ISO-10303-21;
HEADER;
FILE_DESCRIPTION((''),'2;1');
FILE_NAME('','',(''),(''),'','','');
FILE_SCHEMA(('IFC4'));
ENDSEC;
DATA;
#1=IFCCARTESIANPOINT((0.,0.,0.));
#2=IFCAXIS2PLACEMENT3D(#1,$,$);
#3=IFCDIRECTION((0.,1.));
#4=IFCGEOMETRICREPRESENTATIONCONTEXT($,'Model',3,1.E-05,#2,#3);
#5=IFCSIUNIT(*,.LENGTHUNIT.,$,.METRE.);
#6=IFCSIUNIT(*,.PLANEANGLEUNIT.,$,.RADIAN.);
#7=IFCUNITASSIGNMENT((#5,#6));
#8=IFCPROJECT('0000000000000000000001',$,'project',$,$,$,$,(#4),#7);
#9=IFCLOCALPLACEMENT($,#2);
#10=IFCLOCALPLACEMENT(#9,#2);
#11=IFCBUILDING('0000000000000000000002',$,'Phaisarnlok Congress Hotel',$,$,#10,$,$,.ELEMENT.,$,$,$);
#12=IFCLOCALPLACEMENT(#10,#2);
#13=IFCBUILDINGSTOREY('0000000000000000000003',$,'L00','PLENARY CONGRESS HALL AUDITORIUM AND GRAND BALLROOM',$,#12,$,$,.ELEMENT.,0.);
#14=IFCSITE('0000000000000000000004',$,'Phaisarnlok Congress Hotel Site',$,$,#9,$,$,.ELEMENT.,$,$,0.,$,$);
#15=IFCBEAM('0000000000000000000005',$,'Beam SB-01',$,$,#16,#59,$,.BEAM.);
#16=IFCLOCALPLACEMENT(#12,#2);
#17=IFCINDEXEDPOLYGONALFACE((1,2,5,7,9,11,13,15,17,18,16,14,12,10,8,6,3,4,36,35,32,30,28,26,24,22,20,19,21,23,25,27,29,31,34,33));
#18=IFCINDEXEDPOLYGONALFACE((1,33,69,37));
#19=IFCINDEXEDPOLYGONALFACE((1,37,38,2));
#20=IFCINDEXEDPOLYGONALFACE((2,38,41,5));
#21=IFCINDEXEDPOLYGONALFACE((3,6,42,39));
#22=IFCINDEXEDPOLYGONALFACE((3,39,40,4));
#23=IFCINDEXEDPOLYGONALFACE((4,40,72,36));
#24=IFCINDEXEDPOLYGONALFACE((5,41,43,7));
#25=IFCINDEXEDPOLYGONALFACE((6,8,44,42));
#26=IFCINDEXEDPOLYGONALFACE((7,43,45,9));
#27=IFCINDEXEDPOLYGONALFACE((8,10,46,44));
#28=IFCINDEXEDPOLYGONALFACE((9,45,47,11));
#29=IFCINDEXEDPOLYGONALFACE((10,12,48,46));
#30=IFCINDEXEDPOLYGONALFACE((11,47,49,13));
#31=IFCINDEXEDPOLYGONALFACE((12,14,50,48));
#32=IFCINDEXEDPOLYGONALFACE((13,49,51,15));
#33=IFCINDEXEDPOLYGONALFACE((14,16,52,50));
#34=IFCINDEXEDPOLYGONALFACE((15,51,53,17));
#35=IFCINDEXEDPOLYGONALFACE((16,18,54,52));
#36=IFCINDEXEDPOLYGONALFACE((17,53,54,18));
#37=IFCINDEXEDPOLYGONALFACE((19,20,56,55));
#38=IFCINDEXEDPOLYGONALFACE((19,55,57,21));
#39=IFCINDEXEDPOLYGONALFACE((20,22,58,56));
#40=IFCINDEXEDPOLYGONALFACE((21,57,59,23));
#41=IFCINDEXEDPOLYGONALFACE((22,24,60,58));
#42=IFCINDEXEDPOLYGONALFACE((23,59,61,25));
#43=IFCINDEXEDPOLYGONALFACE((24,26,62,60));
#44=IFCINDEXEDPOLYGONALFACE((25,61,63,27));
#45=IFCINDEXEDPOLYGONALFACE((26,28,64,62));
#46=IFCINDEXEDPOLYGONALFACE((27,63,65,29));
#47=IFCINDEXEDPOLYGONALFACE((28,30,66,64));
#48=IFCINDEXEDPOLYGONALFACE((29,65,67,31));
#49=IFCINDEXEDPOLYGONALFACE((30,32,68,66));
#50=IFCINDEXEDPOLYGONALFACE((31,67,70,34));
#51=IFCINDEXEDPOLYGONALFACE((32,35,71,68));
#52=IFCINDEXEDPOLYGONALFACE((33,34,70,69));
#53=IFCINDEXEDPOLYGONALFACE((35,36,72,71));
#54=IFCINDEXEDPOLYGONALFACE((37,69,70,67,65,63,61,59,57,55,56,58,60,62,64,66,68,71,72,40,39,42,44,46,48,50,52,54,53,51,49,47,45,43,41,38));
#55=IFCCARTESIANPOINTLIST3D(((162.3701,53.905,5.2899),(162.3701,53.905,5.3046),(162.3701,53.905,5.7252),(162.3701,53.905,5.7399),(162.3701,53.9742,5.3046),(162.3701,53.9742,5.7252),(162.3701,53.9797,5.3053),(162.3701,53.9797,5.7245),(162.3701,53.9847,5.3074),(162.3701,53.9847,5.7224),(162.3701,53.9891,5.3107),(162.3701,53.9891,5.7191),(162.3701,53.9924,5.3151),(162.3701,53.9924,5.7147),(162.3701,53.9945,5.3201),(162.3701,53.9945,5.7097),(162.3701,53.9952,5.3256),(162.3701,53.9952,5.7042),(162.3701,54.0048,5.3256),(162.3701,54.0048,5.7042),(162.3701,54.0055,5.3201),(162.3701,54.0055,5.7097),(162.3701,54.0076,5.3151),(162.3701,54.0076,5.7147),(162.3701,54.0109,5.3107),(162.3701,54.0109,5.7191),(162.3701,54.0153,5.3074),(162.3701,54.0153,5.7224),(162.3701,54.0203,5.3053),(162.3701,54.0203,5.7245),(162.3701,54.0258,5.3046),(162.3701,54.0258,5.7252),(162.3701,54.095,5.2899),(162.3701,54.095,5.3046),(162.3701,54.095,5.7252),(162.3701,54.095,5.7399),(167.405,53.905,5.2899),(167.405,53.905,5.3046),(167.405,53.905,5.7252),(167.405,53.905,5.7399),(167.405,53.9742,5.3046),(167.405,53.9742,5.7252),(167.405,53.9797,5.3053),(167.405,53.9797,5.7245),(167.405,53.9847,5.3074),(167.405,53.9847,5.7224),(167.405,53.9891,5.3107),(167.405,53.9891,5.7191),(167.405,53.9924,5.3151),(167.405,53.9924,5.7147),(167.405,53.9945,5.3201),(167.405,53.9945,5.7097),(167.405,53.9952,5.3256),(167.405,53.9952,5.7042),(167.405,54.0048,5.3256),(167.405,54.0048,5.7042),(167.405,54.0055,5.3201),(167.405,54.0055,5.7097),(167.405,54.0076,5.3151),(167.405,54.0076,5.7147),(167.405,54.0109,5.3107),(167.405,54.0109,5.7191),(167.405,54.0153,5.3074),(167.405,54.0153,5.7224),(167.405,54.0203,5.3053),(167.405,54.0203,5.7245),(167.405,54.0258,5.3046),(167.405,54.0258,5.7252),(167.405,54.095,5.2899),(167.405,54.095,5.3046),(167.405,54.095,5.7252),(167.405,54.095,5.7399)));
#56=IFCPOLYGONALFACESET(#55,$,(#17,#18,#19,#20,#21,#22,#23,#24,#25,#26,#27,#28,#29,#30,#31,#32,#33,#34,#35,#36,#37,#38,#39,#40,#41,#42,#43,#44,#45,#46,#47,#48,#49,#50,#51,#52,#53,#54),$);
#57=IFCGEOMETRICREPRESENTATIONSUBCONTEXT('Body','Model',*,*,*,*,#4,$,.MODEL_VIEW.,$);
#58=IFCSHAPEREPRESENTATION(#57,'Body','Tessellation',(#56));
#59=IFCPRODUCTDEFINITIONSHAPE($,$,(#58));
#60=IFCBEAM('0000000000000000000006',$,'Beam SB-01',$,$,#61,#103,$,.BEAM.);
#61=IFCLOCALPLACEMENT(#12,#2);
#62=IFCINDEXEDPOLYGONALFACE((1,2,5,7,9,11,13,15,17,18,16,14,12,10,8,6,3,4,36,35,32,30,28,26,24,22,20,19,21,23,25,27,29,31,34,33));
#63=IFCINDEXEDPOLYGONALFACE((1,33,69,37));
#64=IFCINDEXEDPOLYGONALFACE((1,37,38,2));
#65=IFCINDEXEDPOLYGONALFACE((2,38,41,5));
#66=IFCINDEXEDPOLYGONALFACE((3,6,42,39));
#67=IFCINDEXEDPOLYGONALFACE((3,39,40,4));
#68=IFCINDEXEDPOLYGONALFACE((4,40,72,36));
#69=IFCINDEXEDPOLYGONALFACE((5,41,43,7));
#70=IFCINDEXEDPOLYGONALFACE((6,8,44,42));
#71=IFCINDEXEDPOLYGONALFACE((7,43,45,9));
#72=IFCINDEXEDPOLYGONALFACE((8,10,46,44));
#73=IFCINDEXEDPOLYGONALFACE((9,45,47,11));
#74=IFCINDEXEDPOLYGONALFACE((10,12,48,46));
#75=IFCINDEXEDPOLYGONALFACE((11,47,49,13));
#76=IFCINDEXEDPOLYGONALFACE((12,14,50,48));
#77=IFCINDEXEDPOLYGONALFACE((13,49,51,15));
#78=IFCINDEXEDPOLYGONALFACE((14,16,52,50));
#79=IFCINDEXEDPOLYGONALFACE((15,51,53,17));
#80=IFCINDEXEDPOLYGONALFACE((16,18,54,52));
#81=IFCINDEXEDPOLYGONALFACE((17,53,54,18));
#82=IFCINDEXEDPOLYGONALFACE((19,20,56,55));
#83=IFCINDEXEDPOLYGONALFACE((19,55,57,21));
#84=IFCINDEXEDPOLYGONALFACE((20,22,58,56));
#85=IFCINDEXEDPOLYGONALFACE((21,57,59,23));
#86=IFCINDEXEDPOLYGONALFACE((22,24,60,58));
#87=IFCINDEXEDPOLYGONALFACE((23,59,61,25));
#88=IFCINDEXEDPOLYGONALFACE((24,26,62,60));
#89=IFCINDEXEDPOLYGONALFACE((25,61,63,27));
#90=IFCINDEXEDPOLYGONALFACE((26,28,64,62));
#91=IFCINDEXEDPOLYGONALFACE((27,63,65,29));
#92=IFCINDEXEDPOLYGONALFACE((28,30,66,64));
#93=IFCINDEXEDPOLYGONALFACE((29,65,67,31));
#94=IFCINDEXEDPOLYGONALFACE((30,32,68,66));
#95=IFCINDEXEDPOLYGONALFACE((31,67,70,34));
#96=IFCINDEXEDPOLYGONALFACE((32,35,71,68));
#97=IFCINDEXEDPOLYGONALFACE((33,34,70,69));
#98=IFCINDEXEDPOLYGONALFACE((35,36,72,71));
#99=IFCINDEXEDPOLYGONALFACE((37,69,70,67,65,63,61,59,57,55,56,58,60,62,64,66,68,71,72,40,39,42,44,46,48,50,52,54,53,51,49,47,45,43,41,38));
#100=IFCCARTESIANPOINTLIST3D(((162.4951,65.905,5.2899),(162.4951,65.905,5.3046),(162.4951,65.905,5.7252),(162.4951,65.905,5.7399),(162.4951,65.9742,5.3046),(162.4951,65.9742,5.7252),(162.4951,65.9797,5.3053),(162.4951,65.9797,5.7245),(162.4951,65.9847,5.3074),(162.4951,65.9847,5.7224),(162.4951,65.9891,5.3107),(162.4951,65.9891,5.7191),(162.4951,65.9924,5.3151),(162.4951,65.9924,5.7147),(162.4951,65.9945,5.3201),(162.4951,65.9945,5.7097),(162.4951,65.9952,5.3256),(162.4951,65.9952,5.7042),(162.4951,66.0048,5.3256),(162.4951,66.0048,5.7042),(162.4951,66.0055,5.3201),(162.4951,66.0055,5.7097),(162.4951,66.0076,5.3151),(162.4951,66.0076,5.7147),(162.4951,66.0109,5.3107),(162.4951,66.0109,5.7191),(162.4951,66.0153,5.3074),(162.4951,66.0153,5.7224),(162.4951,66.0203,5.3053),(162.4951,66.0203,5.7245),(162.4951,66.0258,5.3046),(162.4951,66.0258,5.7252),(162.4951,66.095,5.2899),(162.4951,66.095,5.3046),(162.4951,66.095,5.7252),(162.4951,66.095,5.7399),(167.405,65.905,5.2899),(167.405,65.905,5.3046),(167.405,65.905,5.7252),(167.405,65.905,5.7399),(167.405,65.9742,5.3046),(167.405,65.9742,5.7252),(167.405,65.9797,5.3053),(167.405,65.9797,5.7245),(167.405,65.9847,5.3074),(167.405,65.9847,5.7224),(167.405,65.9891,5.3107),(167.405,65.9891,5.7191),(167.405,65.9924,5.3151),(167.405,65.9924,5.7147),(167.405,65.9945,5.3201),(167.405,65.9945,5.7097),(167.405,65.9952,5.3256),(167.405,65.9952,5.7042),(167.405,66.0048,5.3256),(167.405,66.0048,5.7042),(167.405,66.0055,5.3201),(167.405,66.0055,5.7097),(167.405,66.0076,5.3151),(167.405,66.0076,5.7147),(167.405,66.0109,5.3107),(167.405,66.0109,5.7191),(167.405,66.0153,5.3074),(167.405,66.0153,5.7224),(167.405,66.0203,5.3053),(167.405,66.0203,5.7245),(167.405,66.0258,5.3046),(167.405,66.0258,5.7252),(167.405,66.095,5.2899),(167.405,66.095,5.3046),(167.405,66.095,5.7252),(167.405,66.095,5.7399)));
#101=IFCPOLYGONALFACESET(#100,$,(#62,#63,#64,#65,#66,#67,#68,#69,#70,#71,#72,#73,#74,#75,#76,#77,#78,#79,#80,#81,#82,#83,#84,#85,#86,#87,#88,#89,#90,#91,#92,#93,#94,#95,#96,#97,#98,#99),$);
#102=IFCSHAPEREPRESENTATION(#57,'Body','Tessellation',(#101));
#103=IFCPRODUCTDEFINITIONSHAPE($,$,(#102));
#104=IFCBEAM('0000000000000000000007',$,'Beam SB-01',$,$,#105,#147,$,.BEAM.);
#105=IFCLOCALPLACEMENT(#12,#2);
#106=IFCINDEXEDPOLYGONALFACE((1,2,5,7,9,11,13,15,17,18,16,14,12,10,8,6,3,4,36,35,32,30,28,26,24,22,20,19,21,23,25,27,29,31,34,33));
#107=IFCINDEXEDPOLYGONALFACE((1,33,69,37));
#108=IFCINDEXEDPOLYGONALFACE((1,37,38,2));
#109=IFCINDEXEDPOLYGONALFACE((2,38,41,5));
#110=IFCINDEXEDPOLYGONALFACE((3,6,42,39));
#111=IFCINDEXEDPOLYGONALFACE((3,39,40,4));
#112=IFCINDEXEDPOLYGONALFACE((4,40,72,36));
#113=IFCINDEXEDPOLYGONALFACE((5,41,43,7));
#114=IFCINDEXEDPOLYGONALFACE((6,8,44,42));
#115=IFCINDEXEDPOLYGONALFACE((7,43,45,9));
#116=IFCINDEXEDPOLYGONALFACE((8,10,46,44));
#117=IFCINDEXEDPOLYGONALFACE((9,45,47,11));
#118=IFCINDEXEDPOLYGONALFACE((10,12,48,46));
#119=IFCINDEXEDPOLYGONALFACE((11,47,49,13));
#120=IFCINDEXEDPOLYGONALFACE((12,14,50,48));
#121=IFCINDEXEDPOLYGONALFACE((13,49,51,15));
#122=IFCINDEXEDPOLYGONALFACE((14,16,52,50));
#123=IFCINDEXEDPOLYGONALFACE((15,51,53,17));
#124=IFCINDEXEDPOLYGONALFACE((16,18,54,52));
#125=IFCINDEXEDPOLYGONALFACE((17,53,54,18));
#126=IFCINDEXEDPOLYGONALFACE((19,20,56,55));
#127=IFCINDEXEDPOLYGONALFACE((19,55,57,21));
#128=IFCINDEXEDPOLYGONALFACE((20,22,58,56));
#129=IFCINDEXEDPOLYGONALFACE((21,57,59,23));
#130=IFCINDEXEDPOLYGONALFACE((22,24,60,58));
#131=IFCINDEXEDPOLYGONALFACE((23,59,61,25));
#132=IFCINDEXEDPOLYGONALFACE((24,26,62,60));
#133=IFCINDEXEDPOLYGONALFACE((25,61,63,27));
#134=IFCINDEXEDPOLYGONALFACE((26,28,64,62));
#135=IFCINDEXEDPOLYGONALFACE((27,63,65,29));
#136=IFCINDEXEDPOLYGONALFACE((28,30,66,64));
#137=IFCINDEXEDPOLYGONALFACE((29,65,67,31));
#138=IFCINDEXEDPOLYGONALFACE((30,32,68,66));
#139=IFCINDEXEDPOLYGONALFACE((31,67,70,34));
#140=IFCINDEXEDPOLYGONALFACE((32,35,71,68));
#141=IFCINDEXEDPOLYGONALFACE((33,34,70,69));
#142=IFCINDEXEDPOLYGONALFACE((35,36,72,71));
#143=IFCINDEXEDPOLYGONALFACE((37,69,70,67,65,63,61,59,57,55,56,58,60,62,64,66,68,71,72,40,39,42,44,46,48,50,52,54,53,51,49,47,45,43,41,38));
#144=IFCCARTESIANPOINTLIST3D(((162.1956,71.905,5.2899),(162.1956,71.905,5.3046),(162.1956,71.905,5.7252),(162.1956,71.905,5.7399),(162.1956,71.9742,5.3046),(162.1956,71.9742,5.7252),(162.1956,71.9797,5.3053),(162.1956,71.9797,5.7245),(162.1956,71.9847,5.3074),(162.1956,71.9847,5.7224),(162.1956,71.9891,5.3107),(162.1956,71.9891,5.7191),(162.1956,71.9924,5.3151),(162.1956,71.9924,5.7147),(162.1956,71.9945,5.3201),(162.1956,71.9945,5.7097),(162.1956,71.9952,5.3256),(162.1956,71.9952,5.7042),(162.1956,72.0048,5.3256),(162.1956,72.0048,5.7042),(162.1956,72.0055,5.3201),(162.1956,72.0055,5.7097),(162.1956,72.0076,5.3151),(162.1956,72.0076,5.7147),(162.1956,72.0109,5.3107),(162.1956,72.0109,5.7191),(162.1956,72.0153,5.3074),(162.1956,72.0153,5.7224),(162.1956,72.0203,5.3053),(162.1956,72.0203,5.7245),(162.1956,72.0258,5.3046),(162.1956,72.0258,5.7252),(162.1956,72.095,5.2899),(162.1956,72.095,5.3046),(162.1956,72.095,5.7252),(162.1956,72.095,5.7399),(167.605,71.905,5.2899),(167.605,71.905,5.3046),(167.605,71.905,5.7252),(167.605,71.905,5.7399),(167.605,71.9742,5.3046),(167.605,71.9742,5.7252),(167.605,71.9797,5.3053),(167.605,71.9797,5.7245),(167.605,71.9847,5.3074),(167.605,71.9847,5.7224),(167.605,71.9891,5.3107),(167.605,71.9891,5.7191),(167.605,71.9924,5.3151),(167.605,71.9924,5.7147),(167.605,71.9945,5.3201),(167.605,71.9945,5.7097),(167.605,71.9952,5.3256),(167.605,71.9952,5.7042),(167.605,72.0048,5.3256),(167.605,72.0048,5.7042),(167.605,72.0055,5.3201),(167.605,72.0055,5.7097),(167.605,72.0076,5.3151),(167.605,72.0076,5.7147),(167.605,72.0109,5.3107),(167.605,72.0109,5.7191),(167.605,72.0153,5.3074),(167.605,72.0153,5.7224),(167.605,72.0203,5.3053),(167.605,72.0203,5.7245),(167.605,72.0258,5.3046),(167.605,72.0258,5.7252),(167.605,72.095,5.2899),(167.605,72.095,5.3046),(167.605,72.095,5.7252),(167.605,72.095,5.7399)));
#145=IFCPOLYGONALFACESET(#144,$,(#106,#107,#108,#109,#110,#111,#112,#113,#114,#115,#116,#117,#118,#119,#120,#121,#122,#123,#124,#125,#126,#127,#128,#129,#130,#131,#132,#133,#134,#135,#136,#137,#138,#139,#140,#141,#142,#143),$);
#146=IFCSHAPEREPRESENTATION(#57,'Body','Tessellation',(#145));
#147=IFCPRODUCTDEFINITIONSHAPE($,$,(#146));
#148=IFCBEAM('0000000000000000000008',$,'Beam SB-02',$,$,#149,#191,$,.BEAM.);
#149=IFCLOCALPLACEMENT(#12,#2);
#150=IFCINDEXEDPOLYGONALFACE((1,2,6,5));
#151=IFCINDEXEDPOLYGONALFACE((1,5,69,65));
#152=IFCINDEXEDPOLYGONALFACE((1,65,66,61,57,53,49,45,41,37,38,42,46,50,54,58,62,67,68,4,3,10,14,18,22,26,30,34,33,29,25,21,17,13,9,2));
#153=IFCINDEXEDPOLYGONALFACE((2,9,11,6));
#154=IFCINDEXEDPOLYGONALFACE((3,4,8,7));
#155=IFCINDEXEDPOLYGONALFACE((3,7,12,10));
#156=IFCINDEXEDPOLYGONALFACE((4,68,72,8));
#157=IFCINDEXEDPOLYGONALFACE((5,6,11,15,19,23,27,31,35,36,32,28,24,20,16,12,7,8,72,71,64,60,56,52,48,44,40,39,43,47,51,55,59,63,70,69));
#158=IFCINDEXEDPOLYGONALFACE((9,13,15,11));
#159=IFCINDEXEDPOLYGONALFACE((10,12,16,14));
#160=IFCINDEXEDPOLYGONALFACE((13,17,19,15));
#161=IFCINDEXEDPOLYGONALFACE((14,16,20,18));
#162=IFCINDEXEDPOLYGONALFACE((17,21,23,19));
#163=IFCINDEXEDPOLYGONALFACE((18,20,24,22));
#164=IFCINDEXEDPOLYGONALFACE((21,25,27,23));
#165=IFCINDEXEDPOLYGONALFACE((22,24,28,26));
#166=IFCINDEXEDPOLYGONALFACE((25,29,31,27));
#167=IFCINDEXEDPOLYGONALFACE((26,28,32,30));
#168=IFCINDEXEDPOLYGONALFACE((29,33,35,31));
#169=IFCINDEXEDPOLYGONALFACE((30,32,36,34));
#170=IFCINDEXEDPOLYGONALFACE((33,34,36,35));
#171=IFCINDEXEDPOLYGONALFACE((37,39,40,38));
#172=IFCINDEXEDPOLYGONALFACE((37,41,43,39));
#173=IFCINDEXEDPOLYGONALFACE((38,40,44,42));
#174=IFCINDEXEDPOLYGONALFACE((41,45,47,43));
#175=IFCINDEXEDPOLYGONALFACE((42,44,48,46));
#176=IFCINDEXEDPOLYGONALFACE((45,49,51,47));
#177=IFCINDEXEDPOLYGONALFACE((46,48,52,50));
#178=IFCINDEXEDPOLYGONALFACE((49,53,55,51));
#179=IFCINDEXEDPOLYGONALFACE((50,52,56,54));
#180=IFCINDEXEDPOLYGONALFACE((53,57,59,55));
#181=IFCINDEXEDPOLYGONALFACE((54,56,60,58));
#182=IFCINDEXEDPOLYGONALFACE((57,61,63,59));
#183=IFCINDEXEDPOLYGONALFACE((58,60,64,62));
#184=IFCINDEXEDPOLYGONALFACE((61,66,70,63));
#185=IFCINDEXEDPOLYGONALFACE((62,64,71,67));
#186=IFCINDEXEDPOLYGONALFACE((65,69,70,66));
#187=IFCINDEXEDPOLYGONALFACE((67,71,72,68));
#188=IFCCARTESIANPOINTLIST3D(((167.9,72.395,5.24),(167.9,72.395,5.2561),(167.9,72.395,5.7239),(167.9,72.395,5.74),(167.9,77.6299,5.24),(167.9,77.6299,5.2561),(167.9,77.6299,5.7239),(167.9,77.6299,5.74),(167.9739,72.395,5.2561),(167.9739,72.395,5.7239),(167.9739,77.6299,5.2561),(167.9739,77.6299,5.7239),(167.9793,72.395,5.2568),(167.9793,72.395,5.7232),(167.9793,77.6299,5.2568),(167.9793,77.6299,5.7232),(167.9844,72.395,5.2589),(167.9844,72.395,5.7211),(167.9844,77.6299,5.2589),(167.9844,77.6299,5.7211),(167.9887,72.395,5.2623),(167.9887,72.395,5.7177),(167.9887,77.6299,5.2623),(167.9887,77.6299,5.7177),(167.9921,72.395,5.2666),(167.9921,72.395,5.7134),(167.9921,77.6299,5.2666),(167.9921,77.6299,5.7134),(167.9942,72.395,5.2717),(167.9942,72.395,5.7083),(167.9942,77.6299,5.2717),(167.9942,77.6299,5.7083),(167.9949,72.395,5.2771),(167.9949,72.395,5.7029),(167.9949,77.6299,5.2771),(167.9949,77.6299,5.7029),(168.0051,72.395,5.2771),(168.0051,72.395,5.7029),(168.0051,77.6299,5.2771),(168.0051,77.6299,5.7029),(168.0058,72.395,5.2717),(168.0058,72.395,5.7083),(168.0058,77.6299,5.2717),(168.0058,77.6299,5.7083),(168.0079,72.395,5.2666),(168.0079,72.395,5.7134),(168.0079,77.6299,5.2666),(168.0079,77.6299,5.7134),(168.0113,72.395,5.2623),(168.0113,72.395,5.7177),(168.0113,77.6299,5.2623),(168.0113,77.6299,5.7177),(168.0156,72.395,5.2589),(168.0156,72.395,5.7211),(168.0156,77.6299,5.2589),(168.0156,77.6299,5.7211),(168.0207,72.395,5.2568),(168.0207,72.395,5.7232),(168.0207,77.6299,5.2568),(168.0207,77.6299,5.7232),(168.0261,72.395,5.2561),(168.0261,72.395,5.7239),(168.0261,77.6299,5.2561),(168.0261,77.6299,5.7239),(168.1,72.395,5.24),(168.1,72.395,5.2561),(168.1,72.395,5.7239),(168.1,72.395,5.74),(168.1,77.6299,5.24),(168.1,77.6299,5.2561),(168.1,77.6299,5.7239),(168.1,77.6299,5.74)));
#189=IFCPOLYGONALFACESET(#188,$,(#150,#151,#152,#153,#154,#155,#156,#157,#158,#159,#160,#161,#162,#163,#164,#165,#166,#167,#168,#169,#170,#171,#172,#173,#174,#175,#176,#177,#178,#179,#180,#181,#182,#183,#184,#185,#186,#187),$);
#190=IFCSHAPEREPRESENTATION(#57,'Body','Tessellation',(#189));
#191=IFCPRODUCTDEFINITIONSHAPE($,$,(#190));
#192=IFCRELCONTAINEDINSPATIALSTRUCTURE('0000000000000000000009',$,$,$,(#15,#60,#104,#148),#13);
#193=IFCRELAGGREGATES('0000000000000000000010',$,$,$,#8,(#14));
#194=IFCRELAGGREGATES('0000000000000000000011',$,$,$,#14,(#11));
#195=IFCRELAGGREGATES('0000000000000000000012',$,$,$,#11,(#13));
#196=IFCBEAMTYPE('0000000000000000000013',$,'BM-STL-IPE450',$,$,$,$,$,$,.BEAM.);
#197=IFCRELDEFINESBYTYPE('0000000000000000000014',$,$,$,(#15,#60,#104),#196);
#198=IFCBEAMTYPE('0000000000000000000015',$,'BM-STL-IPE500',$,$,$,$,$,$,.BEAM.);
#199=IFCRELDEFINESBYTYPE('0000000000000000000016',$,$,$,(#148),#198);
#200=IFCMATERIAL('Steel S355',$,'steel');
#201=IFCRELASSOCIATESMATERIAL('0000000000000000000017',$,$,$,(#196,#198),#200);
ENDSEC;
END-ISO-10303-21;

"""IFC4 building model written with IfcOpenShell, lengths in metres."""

from ifc_helpers import new_model, si_unit, direction, frame, origin, origin_2d, place, context, subcontext, project, spatial, i_section, extrude, material, material_profile, profile_set, type_object, element, save


model = new_model("IFC4")

# Units and contexts
model_context = context("Model", 3, precision=1e-05, world=origin(), true_north=direction((0.0, 1.0)))
body_context = subcontext(model_context, "Body", "Model", "MODEL_VIEW")
ifc_project = project(units=[si_unit("LENGTHUNIT", "METRE"), si_unit("PLANEANGLEUNIT", "RADIAN")], contexts=[model_context])

# Site, building, storey
site_placement = place(None, origin())
site = spatial("IfcSite", under=ifc_project, at=site_placement, Name="Phaisarnlok Congress Hotel Site", CompositionType="ELEMENT", RefElevation=0.0)
building_placement = place(site_placement, origin())
building = spatial("IfcBuilding", under=site, at=building_placement, Name="Phaisarnlok Congress Hotel", CompositionType="ELEMENT")
storey_placement = place(building_placement, origin())
storey = spatial("IfcBuildingStorey", under=building, at=storey_placement, Name="L00", Description="PLENARY CONGRESS HALL AUDITORIUM AND GRAND BALLROOM", CompositionType="ELEMENT", Elevation=0.0)

# Shared definitions
ifc_material_1 = material(Name="Steel S355", Category="steel")

# Beams
ifc_material_profile_1 = material_profile(ifc_material_1, i_section(OverallWidth=0.1899, OverallDepth=0.45, WebThickness=0.0095, FlangeThickness=0.0146, FilletRadius=0.021, at=origin_2d()), Name="IPE 450")
ifc_profile_set_1 = profile_set([ifc_material_profile_1], Name="Steel S355")
beam_type_1 = type_object("IfcBeamType", Name="BM-STL-IPE450", PredefinedType="BEAM", material=ifc_profile_set_1)
beam_1_placement = place(storey_placement, frame((162.3701, 54.0, 5.5149), z_axis=(1.0, 0.0, 0.0), x_axis=(0.0, 1.0, 0.0)))
element("IfcBeam", 1, at=beam_1_placement, inside=storey, type_object=beam_type_1, Name="Beam SB-01", PredefinedType="BEAM", context=body_context, shape_type="SweptSolid", body=[
    extrude(i_section(OverallWidth=0.1899, OverallDepth=0.45, WebThickness=0.0095, FlangeThickness=0.0146, FilletRadius=0.021, at=origin_2d()), origin(), (0.0, 0.0, 1.0), 5.0349),
])
beam_2_placement = place(storey_placement, frame((162.4951, 66.0, 5.5149), z_axis=(1.0, 0.0, 0.0), x_axis=(0.0, 1.0, 0.0)))
element("IfcBeam", 2, at=beam_2_placement, inside=storey, type_object=beam_type_1, Name="Beam SB-01", PredefinedType="BEAM", context=body_context, shape_type="SweptSolid", body=[
    extrude(i_section(OverallWidth=0.1899, OverallDepth=0.45, WebThickness=0.0095, FlangeThickness=0.0146, FilletRadius=0.021, at=origin_2d()), origin(), (0.0, 0.0, 1.0), 4.9099),
])
beam_3_placement = place(storey_placement, frame((162.1956, 72.0, 5.5149), z_axis=(1.0, 0.0, 0.0), x_axis=(0.0, 1.0, 0.0)))
element("IfcBeam", 3, at=beam_3_placement, inside=storey, type_object=beam_type_1, Name="Beam SB-01", PredefinedType="BEAM", context=body_context, shape_type="SweptSolid", body=[
    extrude(i_section(OverallWidth=0.1899, OverallDepth=0.45, WebThickness=0.0095, FlangeThickness=0.0146, FilletRadius=0.021, at=origin_2d()), origin(), (0.0, 0.0, 1.0), 5.4094),
])
ifc_material_profile_2 = material_profile(ifc_material_1, i_section(OverallWidth=0.2, OverallDepth=0.5, WebThickness=0.0103, FlangeThickness=0.0161, FilletRadius=0.021, at=origin_2d()), Name="IPE 500")
ifc_profile_set_2 = profile_set([ifc_material_profile_2], Name="Steel S355")
beam_type_2 = type_object("IfcBeamType", Name="BM-STL-IPE500", PredefinedType="BEAM", material=ifc_profile_set_2)
beam_4_placement = place(storey_placement, frame((168.0, 72.395, 5.49), z_axis=(0.0, 1.0, 0.0), x_axis=(-1.0, 0.0, 0.0)))
element("IfcBeam", 4, at=beam_4_placement, inside=storey, type_object=beam_type_2, Name="Beam SB-02", PredefinedType="BEAM", context=body_context, shape_type="SweptSolid", body=[
    extrude(i_section(OverallWidth=0.2, OverallDepth=0.5, WebThickness=0.0103, FlangeThickness=0.0161, FilletRadius=0.021, at=origin_2d()), origin(), (0.0, 0.0, 1.0), 5.2349),
])

save(model, "model.ifc")
